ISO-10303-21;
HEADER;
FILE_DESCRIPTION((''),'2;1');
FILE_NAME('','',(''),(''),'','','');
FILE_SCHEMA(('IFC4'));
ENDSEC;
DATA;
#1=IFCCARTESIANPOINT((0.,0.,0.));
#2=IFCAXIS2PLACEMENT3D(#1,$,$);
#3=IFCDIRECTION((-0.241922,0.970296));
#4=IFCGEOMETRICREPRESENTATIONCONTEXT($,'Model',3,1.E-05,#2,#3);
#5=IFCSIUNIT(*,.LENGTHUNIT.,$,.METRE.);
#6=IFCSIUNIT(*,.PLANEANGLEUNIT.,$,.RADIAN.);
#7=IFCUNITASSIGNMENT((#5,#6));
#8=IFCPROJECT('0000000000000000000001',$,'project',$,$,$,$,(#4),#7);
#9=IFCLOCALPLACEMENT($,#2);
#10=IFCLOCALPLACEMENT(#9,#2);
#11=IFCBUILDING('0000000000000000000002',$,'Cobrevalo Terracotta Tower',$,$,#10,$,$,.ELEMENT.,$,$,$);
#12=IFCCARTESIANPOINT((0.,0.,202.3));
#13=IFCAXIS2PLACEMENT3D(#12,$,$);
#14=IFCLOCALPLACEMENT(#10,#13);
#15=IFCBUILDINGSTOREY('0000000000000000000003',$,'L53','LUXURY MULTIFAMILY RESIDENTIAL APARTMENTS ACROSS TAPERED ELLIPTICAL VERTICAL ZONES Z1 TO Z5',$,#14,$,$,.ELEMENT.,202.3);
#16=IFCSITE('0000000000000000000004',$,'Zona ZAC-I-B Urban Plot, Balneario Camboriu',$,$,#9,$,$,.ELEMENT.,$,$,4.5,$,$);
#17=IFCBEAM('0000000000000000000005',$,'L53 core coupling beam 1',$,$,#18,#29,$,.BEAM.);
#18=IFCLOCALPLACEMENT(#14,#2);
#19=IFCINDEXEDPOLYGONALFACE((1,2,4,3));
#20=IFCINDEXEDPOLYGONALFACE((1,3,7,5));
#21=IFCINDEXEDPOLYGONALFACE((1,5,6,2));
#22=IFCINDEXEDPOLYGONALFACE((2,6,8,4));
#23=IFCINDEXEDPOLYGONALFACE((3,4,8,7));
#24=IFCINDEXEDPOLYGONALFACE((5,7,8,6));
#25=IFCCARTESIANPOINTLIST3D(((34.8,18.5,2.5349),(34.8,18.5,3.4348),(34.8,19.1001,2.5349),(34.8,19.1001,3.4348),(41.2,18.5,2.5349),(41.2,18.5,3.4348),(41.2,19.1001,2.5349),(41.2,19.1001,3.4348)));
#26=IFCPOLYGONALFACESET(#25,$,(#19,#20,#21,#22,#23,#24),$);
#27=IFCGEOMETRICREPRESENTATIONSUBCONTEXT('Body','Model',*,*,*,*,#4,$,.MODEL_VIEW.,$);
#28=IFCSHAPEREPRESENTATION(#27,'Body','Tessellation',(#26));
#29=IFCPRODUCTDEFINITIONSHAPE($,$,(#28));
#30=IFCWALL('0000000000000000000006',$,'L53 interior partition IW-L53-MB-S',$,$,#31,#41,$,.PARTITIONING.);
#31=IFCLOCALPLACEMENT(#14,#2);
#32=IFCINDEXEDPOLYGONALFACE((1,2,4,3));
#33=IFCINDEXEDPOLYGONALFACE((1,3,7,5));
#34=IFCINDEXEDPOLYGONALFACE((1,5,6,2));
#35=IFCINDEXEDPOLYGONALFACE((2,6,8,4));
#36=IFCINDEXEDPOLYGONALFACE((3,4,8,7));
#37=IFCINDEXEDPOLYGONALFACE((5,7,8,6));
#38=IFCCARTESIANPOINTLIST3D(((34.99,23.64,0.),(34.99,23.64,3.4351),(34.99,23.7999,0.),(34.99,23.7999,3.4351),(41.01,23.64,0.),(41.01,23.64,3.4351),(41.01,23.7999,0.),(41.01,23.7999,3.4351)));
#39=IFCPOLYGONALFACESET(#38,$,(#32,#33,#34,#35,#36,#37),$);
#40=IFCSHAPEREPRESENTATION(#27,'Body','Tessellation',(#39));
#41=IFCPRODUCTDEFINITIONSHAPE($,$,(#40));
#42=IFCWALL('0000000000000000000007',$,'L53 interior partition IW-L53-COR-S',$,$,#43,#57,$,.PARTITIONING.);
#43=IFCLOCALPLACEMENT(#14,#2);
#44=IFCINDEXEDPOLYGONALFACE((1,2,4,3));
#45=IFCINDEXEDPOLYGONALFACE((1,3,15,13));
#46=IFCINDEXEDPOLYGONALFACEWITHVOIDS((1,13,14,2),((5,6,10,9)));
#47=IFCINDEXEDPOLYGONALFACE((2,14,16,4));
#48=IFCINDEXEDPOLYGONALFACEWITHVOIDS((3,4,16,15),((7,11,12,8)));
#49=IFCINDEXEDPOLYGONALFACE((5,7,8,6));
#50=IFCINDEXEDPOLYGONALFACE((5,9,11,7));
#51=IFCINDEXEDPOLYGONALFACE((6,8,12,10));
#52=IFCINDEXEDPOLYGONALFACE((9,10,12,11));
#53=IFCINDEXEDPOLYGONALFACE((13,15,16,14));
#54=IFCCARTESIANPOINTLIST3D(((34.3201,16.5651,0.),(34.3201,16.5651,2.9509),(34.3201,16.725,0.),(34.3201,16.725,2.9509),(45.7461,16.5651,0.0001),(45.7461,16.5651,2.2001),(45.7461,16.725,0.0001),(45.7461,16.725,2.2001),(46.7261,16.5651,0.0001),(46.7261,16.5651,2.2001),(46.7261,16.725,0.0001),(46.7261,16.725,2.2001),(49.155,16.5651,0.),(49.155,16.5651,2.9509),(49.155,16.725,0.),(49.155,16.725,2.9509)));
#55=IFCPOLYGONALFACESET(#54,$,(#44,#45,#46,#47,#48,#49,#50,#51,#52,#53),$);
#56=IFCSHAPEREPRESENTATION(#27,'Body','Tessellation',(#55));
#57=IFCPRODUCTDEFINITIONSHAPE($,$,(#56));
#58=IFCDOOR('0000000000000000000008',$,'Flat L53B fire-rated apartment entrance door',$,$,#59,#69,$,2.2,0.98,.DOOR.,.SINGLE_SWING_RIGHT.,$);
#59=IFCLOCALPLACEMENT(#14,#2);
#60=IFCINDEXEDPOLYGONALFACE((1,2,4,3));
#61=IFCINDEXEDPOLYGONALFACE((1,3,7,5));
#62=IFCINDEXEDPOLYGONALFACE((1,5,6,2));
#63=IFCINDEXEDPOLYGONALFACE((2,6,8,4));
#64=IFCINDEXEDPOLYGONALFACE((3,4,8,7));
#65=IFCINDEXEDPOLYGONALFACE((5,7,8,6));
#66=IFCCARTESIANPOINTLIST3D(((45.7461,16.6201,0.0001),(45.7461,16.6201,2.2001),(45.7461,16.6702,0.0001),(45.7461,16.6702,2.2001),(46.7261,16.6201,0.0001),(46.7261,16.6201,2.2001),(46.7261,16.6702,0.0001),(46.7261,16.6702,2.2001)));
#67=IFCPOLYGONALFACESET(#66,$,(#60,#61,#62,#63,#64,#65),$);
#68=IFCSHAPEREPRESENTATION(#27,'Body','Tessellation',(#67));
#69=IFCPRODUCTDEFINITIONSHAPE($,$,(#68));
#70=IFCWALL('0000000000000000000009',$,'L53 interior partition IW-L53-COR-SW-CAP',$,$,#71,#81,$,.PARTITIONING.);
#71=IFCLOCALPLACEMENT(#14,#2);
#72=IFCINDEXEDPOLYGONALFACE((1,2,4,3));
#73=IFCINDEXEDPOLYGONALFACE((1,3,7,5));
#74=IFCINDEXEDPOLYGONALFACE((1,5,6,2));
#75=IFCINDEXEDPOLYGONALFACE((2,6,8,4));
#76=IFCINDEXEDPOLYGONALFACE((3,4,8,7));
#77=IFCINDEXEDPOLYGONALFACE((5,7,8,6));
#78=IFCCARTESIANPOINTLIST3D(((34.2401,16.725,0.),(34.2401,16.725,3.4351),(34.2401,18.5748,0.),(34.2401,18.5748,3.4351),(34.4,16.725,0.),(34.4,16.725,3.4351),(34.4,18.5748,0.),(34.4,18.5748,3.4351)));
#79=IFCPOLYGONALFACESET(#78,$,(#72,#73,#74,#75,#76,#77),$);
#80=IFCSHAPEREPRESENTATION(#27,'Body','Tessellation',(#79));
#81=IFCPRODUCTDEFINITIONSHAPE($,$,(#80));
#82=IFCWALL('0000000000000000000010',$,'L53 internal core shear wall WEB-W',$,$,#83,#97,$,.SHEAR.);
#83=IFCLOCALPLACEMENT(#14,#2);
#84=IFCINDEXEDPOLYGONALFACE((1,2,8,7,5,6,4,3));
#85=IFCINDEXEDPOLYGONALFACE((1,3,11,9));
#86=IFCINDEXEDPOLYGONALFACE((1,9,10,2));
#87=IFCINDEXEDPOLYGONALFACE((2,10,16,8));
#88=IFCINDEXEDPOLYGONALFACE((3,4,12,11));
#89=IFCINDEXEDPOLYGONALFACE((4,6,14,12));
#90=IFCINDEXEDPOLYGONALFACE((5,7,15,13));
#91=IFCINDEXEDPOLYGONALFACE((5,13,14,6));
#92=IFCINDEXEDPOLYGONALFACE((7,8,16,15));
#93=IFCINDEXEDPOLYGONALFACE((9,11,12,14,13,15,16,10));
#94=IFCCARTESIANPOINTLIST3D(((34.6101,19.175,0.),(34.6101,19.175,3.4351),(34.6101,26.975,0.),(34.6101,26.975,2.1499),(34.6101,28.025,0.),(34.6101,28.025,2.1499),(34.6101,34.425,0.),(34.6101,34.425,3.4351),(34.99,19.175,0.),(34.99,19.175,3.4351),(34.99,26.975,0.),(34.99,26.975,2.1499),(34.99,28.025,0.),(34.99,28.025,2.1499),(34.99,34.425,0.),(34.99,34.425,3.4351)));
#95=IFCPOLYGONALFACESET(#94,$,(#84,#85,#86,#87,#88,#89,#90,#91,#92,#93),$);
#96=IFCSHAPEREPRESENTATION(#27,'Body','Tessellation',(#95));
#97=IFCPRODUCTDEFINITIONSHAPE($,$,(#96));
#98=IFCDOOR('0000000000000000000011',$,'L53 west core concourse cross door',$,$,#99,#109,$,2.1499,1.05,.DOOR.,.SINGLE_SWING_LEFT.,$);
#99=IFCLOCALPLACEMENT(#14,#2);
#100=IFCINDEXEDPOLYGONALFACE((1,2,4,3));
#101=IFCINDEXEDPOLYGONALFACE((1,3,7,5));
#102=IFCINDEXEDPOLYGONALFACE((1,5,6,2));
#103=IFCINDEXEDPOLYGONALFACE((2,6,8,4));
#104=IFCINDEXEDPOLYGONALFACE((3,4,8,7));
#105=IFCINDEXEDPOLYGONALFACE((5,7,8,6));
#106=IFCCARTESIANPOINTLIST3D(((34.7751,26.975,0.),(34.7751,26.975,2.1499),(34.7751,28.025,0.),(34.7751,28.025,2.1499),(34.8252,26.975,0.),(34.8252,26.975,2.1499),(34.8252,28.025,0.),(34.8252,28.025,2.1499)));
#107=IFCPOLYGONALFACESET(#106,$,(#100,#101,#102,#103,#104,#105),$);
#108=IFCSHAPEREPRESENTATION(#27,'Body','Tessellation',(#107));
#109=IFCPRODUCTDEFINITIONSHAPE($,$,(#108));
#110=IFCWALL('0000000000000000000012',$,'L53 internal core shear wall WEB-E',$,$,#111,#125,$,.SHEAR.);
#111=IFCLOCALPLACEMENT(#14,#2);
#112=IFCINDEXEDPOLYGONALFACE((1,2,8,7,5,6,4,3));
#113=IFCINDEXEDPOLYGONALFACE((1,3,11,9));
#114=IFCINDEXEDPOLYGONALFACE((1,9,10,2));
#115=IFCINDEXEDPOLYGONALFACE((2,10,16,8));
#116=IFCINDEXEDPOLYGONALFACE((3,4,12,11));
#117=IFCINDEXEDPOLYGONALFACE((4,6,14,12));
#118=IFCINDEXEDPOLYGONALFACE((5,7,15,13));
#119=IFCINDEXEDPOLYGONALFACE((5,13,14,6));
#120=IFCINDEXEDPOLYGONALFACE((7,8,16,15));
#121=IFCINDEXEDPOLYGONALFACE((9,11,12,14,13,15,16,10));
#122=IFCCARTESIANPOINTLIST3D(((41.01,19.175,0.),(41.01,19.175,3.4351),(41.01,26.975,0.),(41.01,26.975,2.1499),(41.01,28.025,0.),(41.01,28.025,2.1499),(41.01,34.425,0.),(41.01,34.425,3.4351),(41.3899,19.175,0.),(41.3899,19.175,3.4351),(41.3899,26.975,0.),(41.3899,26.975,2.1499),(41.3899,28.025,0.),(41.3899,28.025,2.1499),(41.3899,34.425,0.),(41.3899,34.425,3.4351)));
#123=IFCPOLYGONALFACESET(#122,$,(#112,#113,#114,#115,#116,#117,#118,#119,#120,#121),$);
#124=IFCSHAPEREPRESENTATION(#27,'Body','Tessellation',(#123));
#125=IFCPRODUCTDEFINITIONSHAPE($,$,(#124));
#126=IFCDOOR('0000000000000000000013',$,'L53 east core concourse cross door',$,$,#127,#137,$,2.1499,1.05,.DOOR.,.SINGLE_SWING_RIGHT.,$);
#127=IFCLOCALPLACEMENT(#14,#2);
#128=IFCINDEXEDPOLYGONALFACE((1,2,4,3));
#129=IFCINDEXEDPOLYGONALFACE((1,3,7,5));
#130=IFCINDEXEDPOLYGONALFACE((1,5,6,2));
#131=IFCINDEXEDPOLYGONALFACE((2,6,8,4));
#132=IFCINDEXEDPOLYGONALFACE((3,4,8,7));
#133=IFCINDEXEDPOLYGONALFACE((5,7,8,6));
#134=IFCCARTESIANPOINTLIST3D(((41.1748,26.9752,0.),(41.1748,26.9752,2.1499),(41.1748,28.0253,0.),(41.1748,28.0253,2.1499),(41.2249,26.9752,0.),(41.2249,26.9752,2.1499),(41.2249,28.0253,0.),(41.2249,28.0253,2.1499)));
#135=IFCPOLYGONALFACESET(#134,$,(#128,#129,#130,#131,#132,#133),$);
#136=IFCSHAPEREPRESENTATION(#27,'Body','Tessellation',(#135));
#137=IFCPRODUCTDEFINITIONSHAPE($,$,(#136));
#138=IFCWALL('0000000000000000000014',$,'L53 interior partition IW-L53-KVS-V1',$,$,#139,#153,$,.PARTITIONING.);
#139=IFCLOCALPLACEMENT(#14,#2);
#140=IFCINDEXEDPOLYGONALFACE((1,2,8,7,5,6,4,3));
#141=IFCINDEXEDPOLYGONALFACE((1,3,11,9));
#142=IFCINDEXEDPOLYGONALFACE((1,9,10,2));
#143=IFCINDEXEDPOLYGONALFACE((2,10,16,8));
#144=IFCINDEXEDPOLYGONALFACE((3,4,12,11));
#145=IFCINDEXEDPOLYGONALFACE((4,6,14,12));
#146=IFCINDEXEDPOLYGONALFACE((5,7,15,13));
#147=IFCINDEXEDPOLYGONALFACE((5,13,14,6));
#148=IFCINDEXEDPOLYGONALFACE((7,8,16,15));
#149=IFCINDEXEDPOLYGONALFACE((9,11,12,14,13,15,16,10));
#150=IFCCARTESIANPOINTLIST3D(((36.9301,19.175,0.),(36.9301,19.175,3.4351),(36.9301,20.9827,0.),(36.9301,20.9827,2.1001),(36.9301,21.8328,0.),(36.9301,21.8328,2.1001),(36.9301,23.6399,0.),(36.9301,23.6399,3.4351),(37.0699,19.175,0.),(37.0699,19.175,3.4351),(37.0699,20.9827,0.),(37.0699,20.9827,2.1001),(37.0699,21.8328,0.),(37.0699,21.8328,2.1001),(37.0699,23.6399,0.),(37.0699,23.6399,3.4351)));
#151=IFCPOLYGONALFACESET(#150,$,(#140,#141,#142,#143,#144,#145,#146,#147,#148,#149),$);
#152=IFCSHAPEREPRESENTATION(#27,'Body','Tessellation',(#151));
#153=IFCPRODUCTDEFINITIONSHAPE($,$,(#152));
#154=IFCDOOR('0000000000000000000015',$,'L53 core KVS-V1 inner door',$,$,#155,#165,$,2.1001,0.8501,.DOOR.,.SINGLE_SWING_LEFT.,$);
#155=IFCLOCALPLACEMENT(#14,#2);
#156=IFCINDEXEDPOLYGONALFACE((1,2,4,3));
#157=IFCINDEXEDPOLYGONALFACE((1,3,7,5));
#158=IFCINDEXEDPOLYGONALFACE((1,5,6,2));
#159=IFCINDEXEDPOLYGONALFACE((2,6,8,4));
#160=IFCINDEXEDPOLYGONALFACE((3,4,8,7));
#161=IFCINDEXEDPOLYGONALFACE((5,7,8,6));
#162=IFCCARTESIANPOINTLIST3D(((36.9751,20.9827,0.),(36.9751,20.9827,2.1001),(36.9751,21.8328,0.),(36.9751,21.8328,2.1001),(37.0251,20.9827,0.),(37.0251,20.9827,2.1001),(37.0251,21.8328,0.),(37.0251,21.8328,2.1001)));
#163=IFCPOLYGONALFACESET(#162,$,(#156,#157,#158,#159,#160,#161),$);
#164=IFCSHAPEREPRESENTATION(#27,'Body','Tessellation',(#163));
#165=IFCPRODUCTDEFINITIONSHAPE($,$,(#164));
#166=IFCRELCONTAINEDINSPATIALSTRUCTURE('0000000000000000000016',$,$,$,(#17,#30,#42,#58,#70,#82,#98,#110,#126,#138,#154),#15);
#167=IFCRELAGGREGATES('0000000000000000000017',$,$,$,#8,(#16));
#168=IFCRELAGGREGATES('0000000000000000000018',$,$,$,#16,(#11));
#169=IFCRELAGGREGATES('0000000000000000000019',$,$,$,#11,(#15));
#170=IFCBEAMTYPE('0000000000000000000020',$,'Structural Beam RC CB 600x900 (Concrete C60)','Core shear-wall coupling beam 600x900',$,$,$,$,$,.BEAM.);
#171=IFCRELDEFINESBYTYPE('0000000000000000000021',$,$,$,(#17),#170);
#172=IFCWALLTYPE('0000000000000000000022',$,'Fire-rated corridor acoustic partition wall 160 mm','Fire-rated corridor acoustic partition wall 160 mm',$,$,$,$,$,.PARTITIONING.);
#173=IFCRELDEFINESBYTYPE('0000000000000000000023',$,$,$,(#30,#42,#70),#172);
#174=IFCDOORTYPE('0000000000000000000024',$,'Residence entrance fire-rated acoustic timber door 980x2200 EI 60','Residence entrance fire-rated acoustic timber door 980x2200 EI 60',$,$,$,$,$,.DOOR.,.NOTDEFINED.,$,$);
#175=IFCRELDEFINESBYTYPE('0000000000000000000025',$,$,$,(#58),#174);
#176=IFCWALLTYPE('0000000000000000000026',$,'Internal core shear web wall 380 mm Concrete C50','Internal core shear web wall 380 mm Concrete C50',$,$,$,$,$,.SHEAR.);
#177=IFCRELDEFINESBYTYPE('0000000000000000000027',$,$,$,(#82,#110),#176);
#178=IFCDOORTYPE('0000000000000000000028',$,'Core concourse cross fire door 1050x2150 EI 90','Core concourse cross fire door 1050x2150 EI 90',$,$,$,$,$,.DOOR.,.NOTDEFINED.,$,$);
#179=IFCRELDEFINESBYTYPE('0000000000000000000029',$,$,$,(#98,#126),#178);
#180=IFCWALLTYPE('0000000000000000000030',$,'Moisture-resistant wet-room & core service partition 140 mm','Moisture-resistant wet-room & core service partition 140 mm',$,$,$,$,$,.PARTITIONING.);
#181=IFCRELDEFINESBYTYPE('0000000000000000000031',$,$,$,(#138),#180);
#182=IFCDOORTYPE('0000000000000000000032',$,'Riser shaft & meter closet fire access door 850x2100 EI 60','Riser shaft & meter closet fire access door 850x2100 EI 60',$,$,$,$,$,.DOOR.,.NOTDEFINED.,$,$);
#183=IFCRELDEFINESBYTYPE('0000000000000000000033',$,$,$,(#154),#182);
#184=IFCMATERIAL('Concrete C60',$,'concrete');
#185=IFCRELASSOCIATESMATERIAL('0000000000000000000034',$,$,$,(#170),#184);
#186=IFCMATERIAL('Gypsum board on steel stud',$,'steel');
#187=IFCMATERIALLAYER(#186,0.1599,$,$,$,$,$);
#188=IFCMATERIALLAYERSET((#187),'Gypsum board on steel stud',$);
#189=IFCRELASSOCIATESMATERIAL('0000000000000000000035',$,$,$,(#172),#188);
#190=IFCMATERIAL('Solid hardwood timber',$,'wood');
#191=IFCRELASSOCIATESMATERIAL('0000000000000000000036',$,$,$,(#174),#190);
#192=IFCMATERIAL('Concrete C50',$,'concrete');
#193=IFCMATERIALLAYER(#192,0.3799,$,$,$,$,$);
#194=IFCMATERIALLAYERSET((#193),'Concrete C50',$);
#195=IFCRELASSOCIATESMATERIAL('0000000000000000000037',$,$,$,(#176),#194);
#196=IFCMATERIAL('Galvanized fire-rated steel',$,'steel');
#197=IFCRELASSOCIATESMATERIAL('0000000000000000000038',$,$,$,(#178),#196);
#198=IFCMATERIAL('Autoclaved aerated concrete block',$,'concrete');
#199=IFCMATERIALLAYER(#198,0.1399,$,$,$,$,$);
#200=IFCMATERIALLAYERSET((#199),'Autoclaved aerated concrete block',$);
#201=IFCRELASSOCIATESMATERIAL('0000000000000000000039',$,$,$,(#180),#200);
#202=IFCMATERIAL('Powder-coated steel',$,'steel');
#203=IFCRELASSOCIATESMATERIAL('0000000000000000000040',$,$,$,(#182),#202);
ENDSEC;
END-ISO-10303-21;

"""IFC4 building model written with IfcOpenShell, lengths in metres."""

from ifc_helpers import new_model, si_unit, direction, frame, frame_2d, origin, origin_2d, place, context, subcontext, project, spatial, rectangle, extrude, source, transform, mapped, material, layer, layer_set, material_profile, profile_set, type_object, element, fill, save


model = new_model("IFC4")

# Units and contexts
model_context = context("Model", 3, precision=1e-05, world=origin(), true_north=direction((-0.241922, 0.970296)))
body_context = subcontext(model_context, "Body", "Model", "MODEL_VIEW")
ifc_project = project(units=[si_unit("LENGTHUNIT", "METRE"), si_unit("PLANEANGLEUNIT", "RADIAN")], contexts=[model_context])

# Site, building, storey
site_placement = place(None, origin())
site = spatial("IfcSite", under=ifc_project, at=site_placement, Name="Zona ZAC-I-B Urban Plot, Balneario Camboriu", CompositionType="ELEMENT", RefElevation=4.5)
building_placement = place(site_placement, origin())
building = spatial("IfcBuilding", under=site, at=building_placement, Name="Cobrevalo Terracotta Tower", CompositionType="ELEMENT")
storey_placement = place(building_placement, frame((0.0, 0.0, 202.3)))
storey = spatial("IfcBuildingStorey", under=building, at=storey_placement, Name="L53", Description="LUXURY MULTIFAMILY RESIDENTIAL APARTMENTS ACROSS TAPERED ELLIPTICAL VERTICAL ZONES Z1 TO Z5", CompositionType="ELEMENT", Elevation=202.3)

# Beam
ifc_material_1 = material(Name="Concrete C60", Category="concrete")
ifc_material_profile = material_profile(ifc_material_1, rectangle(XDim=0.6001, YDim=0.8999, at=origin_2d()), Name="RC CB 600x900")
ifc_profile_set = profile_set([ifc_material_profile], Name="Concrete C60")
beam_type = type_object("IfcBeamType", Name="Structural Beam RC CB 600x900 (Concrete C60)", Description="Core shear-wall coupling beam 600x900", PredefinedType="BEAM", material=ifc_profile_set)
beam_placement = place(storey_placement, frame((34.8, 18.8, 2.9849), z_axis=(1.0, 0.0, 0.0), x_axis=(0.0, 1.0, 0.0)))
element("IfcBeam", 1, at=beam_placement, inside=storey, type_object=beam_type, Name="L53 core coupling beam 1", PredefinedType="BEAM", context=body_context, shape_type="SweptSolid", body=[
    extrude(rectangle(XDim=0.6001, YDim=0.8999, at=origin_2d()), origin(), (0.0, 0.0, 1.0), 6.3999),
])

# Wall
ifc_material_2 = material(Name="Gypsum board on steel stud", Category="steel")
ifc_layer_1 = layer(ifc_material_2, 0.1599)
ifc_layer_set_1 = layer_set([ifc_layer_1], Name="Gypsum board on steel stud")
wall_type_1 = type_object("IfcWallType", Name="Fire-rated corridor acoustic partition wall 160 mm", Description="Fire-rated corridor acoustic partition wall 160 mm", PredefinedType="PARTITIONING", material=ifc_layer_set_1)
wall_1_placement = place(storey_placement, frame((34.99, 23.72, 0.0), z_axis=(0.0, 0.0, 1.0), x_axis=(1.0, 0.0, 0.0)))
element("IfcWall", 2, at=wall_1_placement, inside=storey, type_object=wall_type_1, Name="L53 interior partition IW-L53-MB-S", PredefinedType="PARTITIONING", context=body_context, shape_type="SweptSolid", body=[
    extrude(rectangle(XDim=6.02, YDim=0.1599, at=frame_2d((3.01, 0.0))), origin(), (0.0, 0.0, 1.0), 3.4351),
])

# Wall, opening, door
wall_2_placement = place(storey_placement, frame((34.3201, 16.645, 0.0), z_axis=(0.0, 0.0, 1.0), x_axis=(1.0, 0.0, 0.0)))
wall_2 = element("IfcWall", 3, at=wall_2_placement, inside=storey, type_object=wall_type_1, Name="L53 interior partition IW-L53-COR-S", PredefinedType="PARTITIONING", context=body_context, shape_type="SweptSolid", body=[
    extrude(rectangle(XDim=14.835, YDim=0.1599, at=frame_2d((7.4175, 0.0))), origin(), (0.0, 0.0, 1.0), 2.9509),
])
opening_1_placement = place(wall_2_placement, frame((11.426, 0.0, 0.0)))
opening_1 = element("IfcOpeningElement", 4, at=opening_1_placement, cuts=wall_2, PredefinedType="OPENING", context=body_context, shape_type="SweptSolid", body=[
    extrude(rectangle(XDim=0.98, YDim=2.2, at=frame_2d((0.49, 1.1001))), frame((0.0, 0.0898, 0.0), z_axis=(0.0, -1.0, 0.0), x_axis=(1.0, 0.0, 0.0)), (0.0, 0.0, 1.0), 0.1799),
])
ifc_material_3 = material(Name="Solid hardwood timber", Category="wood")
door_type_1 = type_object("IfcDoorType", Name="Residence entrance fire-rated acoustic timber door 980x2200 EI 60", Description="Residence entrance fire-rated acoustic timber door 980x2200 EI 60", OperationType="NOTDEFINED", PredefinedType="DOOR", material=ifc_material_3)
shared_shape_1 = source(origin(), body_context, "Body", "SweptSolid", [
    extrude(rectangle(XDim=0.98, YDim=2.2, at=frame_2d((0.49, 1.1001))), frame((0.0, 0.0249, 0.0), z_axis=(0.0, -1.0, 0.0), x_axis=(1.0, 0.0, 0.0)), (0.0, 0.0, 1.0), 0.05),
])
door_1_placement = place(opening_1_placement, frame((0.98, 0.0, 0.0), z_axis=(0.0, 0.0, 1.0), x_axis=(-1.0, 0.0, 0.0)))
door_1 = element("IfcDoor", 5, at=door_1_placement, inside=storey, type_object=door_type_1, Name="Flat L53B fire-rated apartment entrance door", OperationType="SINGLE_SWING_RIGHT", OverallHeight=2.2, OverallWidth=0.98, PredefinedType="DOOR", context=body_context, shape_type="MappedRepresentation", body=[
    mapped(shared_shape_1, transform((0.0, 0.0, 0.0), scale=1.0)),
])
fill(opening_1, door_1)

# Wall
wall_3_placement = place(storey_placement, frame((34.3201, 16.7251, 0.0), z_axis=(0.0, 0.0, 1.0), x_axis=(0.0, 1.0, 0.0)))
element("IfcWall", 6, at=wall_3_placement, inside=storey, type_object=wall_type_1, Name="L53 interior partition IW-L53-COR-SW-CAP", PredefinedType="PARTITIONING", context=body_context, shape_type="SweptSolid", body=[
    extrude(rectangle(XDim=1.8499, YDim=0.1599, at=frame_2d((0.9248, 0.0))), origin(), (0.0, 0.0, 1.0), 3.4351),
])

# Walls, openings, doors
ifc_material_4 = material(Name="Concrete C50", Category="concrete")
ifc_layer_2 = layer(ifc_material_4, 0.3799)
ifc_layer_set_2 = layer_set([ifc_layer_2], Name="Concrete C50")
wall_type_2 = type_object("IfcWallType", Name="Internal core shear web wall 380 mm Concrete C50", Description="Internal core shear web wall 380 mm Concrete C50", PredefinedType="SHEAR", material=ifc_layer_set_2)
wall_4_placement = place(storey_placement, frame((34.8, 19.175, 0.0), z_axis=(0.0, 0.0, 1.0), x_axis=(0.0, 1.0, 0.0)))
wall_4 = element("IfcWall", 7, at=wall_4_placement, inside=storey, type_object=wall_type_2, Name="L53 internal core shear wall WEB-W", PredefinedType="SHEAR", context=body_context, shape_type="SweptSolid", body=[
    extrude(rectangle(XDim=15.25, YDim=0.3799, at=frame_2d((7.625, 0.0))), origin(), (0.0, 0.0, 1.0), 3.4351),
])
opening_2_placement = place(wall_4_placement, frame((7.8, 0.0, 0.0)))
opening_2 = element("IfcOpeningElement", 8, at=opening_2_placement, cuts=wall_4, PredefinedType="OPENING", context=body_context, shape_type="SweptSolid", body=[
    extrude(rectangle(XDim=1.05, YDim=2.1499, at=frame_2d((0.5249, 1.075))), frame((0.0, 0.2, 0.0), z_axis=(0.0, -1.0, 0.0), x_axis=(1.0, 0.0, 0.0)), (0.0, 0.0, 1.0), 0.3999),
])
ifc_material_5 = material(Name="Galvanized fire-rated steel", Category="steel")
door_type_2 = type_object("IfcDoorType", Name="Core concourse cross fire door 1050x2150 EI 90", Description="Core concourse cross fire door 1050x2150 EI 90", OperationType="NOTDEFINED", PredefinedType="DOOR", material=ifc_material_5)
shared_shape_2 = source(origin(), body_context, "Body", "SweptSolid", [
    extrude(rectangle(XDim=1.05, YDim=2.1499, at=frame_2d((0.5249, 1.075))), frame((0.0, 0.0249, 0.0), z_axis=(0.0, -1.0, 0.0), x_axis=(1.0, 0.0, 0.0)), (0.0, 0.0, 1.0), 0.05),
])
door_2_placement = place(opening_2_placement, origin())
door_2 = element("IfcDoor", 9, at=door_2_placement, inside=storey, type_object=door_type_2, Name="L53 west core concourse cross door", OperationType="SINGLE_SWING_LEFT", OverallHeight=2.1499, OverallWidth=1.05, PredefinedType="DOOR", context=body_context, shape_type="MappedRepresentation", body=[
    mapped(shared_shape_2, transform((0.0, 0.0, 0.0), scale=1.0)),
])
fill(opening_2, door_2)
wall_5_placement = place(storey_placement, frame((41.2, 19.175, 0.0), z_axis=(0.0, 0.0, 1.0), x_axis=(0.0, 1.0, 0.0)))
wall_5 = element("IfcWall", 10, at=wall_5_placement, inside=storey, type_object=wall_type_2, Name="L53 internal core shear wall WEB-E", PredefinedType="SHEAR", context=body_context, shape_type="SweptSolid", body=[
    extrude(rectangle(XDim=15.25, YDim=0.3799, at=frame_2d((7.625, 0.0))), origin(), (0.0, 0.0, 1.0), 3.4351),
])
opening_3_placement = place(wall_5_placement, frame((7.8, 0.0, 0.0)))
opening_3 = element("IfcOpeningElement", 11, at=opening_3_placement, cuts=wall_5, PredefinedType="OPENING", context=body_context, shape_type="SweptSolid", body=[
    extrude(rectangle(XDim=1.05, YDim=2.1499, at=frame_2d((0.5249, 1.075))), frame((0.0, 0.2, 0.0), z_axis=(0.0, -1.0, 0.0), x_axis=(1.0, 0.0, 0.0)), (0.0, 0.0, 1.0), 0.3999),
])
door_3_placement = place(opening_3_placement, frame((1.05, 0.0, 0.0), z_axis=(0.0, 0.0, 1.0), x_axis=(-1.0, 0.0, 0.0)))
door_3 = element("IfcDoor", 12, at=door_3_placement, inside=storey, type_object=door_type_2, Name="L53 east core concourse cross door", OperationType="SINGLE_SWING_RIGHT", OverallHeight=2.1499, OverallWidth=1.05, PredefinedType="DOOR", context=body_context, shape_type="MappedRepresentation", body=[
    mapped(shared_shape_2, transform((0.0, 0.0, 0.0), scale=1.0)),
])
fill(opening_3, door_3)
ifc_material_6 = material(Name="Autoclaved aerated concrete block", Category="concrete")
ifc_layer_3 = layer(ifc_material_6, 0.1399)
ifc_layer_set_3 = layer_set([ifc_layer_3], Name="Autoclaved aerated concrete block")
wall_type_3 = type_object("IfcWallType", Name="Moisture-resistant wet-room & core service partition 140 mm", Description="Moisture-resistant wet-room & core service partition 140 mm", PredefinedType="PARTITIONING", material=ifc_layer_set_3)
wall_6_placement = place(storey_placement, frame((37.0, 19.175, 0.0), z_axis=(0.0, 0.0, 1.0), x_axis=(0.0, 1.0, 0.0)))
wall_6 = element("IfcWall", 13, at=wall_6_placement, inside=storey, type_object=wall_type_3, Name="L53 interior partition IW-L53-KVS-V1", PredefinedType="PARTITIONING", context=body_context, shape_type="SweptSolid", body=[
    extrude(rectangle(XDim=4.4648, YDim=0.1399, at=frame_2d((2.2324, 0.0))), origin(), (0.0, 0.0, 1.0), 3.4351),
])
opening_4_placement = place(wall_6_placement, frame((1.8076, 0.0, 0.0)))
opening_4 = element("IfcOpeningElement", 14, at=opening_4_placement, cuts=wall_6, PredefinedType="OPENING", context=body_context, shape_type="SweptSolid", body=[
    extrude(rectangle(XDim=0.8501, YDim=2.1001, at=frame_2d((0.425, 1.05))), frame((0.0, 0.0801, 0.0), z_axis=(0.0, -1.0, 0.0), x_axis=(1.0, 0.0, 0.0)), (0.0, 0.0, 1.0), 0.1599),
])
ifc_material_7 = material(Name="Powder-coated steel", Category="steel")
door_type_3 = type_object("IfcDoorType", Name="Riser shaft & meter closet fire access door 850x2100 EI 60", Description="Riser shaft & meter closet fire access door 850x2100 EI 60", OperationType="NOTDEFINED", PredefinedType="DOOR", material=ifc_material_7)
shared_shape_3 = source(origin(), body_context, "Body", "SweptSolid", [
    extrude(rectangle(XDim=0.8501, YDim=2.1001, at=frame_2d((0.425, 1.05))), frame((0.0, 0.0249, 0.0), z_axis=(0.0, -1.0, 0.0), x_axis=(1.0, 0.0, 0.0)), (0.0, 0.0, 1.0), 0.05),
])
door_4_placement = place(opening_4_placement, origin())
door_4 = element("IfcDoor", 15, at=door_4_placement, inside=storey, type_object=door_type_3, Name="L53 core KVS-V1 inner door", OperationType="SINGLE_SWING_LEFT", OverallHeight=2.1001, OverallWidth=0.8501, PredefinedType="DOOR", context=body_context, shape_type="MappedRepresentation", body=[
    mapped(shared_shape_3, transform((0.0, 0.0, 0.0), scale=1.0)),
])
fill(opening_4, door_4)

save(model, "model.ifc")
